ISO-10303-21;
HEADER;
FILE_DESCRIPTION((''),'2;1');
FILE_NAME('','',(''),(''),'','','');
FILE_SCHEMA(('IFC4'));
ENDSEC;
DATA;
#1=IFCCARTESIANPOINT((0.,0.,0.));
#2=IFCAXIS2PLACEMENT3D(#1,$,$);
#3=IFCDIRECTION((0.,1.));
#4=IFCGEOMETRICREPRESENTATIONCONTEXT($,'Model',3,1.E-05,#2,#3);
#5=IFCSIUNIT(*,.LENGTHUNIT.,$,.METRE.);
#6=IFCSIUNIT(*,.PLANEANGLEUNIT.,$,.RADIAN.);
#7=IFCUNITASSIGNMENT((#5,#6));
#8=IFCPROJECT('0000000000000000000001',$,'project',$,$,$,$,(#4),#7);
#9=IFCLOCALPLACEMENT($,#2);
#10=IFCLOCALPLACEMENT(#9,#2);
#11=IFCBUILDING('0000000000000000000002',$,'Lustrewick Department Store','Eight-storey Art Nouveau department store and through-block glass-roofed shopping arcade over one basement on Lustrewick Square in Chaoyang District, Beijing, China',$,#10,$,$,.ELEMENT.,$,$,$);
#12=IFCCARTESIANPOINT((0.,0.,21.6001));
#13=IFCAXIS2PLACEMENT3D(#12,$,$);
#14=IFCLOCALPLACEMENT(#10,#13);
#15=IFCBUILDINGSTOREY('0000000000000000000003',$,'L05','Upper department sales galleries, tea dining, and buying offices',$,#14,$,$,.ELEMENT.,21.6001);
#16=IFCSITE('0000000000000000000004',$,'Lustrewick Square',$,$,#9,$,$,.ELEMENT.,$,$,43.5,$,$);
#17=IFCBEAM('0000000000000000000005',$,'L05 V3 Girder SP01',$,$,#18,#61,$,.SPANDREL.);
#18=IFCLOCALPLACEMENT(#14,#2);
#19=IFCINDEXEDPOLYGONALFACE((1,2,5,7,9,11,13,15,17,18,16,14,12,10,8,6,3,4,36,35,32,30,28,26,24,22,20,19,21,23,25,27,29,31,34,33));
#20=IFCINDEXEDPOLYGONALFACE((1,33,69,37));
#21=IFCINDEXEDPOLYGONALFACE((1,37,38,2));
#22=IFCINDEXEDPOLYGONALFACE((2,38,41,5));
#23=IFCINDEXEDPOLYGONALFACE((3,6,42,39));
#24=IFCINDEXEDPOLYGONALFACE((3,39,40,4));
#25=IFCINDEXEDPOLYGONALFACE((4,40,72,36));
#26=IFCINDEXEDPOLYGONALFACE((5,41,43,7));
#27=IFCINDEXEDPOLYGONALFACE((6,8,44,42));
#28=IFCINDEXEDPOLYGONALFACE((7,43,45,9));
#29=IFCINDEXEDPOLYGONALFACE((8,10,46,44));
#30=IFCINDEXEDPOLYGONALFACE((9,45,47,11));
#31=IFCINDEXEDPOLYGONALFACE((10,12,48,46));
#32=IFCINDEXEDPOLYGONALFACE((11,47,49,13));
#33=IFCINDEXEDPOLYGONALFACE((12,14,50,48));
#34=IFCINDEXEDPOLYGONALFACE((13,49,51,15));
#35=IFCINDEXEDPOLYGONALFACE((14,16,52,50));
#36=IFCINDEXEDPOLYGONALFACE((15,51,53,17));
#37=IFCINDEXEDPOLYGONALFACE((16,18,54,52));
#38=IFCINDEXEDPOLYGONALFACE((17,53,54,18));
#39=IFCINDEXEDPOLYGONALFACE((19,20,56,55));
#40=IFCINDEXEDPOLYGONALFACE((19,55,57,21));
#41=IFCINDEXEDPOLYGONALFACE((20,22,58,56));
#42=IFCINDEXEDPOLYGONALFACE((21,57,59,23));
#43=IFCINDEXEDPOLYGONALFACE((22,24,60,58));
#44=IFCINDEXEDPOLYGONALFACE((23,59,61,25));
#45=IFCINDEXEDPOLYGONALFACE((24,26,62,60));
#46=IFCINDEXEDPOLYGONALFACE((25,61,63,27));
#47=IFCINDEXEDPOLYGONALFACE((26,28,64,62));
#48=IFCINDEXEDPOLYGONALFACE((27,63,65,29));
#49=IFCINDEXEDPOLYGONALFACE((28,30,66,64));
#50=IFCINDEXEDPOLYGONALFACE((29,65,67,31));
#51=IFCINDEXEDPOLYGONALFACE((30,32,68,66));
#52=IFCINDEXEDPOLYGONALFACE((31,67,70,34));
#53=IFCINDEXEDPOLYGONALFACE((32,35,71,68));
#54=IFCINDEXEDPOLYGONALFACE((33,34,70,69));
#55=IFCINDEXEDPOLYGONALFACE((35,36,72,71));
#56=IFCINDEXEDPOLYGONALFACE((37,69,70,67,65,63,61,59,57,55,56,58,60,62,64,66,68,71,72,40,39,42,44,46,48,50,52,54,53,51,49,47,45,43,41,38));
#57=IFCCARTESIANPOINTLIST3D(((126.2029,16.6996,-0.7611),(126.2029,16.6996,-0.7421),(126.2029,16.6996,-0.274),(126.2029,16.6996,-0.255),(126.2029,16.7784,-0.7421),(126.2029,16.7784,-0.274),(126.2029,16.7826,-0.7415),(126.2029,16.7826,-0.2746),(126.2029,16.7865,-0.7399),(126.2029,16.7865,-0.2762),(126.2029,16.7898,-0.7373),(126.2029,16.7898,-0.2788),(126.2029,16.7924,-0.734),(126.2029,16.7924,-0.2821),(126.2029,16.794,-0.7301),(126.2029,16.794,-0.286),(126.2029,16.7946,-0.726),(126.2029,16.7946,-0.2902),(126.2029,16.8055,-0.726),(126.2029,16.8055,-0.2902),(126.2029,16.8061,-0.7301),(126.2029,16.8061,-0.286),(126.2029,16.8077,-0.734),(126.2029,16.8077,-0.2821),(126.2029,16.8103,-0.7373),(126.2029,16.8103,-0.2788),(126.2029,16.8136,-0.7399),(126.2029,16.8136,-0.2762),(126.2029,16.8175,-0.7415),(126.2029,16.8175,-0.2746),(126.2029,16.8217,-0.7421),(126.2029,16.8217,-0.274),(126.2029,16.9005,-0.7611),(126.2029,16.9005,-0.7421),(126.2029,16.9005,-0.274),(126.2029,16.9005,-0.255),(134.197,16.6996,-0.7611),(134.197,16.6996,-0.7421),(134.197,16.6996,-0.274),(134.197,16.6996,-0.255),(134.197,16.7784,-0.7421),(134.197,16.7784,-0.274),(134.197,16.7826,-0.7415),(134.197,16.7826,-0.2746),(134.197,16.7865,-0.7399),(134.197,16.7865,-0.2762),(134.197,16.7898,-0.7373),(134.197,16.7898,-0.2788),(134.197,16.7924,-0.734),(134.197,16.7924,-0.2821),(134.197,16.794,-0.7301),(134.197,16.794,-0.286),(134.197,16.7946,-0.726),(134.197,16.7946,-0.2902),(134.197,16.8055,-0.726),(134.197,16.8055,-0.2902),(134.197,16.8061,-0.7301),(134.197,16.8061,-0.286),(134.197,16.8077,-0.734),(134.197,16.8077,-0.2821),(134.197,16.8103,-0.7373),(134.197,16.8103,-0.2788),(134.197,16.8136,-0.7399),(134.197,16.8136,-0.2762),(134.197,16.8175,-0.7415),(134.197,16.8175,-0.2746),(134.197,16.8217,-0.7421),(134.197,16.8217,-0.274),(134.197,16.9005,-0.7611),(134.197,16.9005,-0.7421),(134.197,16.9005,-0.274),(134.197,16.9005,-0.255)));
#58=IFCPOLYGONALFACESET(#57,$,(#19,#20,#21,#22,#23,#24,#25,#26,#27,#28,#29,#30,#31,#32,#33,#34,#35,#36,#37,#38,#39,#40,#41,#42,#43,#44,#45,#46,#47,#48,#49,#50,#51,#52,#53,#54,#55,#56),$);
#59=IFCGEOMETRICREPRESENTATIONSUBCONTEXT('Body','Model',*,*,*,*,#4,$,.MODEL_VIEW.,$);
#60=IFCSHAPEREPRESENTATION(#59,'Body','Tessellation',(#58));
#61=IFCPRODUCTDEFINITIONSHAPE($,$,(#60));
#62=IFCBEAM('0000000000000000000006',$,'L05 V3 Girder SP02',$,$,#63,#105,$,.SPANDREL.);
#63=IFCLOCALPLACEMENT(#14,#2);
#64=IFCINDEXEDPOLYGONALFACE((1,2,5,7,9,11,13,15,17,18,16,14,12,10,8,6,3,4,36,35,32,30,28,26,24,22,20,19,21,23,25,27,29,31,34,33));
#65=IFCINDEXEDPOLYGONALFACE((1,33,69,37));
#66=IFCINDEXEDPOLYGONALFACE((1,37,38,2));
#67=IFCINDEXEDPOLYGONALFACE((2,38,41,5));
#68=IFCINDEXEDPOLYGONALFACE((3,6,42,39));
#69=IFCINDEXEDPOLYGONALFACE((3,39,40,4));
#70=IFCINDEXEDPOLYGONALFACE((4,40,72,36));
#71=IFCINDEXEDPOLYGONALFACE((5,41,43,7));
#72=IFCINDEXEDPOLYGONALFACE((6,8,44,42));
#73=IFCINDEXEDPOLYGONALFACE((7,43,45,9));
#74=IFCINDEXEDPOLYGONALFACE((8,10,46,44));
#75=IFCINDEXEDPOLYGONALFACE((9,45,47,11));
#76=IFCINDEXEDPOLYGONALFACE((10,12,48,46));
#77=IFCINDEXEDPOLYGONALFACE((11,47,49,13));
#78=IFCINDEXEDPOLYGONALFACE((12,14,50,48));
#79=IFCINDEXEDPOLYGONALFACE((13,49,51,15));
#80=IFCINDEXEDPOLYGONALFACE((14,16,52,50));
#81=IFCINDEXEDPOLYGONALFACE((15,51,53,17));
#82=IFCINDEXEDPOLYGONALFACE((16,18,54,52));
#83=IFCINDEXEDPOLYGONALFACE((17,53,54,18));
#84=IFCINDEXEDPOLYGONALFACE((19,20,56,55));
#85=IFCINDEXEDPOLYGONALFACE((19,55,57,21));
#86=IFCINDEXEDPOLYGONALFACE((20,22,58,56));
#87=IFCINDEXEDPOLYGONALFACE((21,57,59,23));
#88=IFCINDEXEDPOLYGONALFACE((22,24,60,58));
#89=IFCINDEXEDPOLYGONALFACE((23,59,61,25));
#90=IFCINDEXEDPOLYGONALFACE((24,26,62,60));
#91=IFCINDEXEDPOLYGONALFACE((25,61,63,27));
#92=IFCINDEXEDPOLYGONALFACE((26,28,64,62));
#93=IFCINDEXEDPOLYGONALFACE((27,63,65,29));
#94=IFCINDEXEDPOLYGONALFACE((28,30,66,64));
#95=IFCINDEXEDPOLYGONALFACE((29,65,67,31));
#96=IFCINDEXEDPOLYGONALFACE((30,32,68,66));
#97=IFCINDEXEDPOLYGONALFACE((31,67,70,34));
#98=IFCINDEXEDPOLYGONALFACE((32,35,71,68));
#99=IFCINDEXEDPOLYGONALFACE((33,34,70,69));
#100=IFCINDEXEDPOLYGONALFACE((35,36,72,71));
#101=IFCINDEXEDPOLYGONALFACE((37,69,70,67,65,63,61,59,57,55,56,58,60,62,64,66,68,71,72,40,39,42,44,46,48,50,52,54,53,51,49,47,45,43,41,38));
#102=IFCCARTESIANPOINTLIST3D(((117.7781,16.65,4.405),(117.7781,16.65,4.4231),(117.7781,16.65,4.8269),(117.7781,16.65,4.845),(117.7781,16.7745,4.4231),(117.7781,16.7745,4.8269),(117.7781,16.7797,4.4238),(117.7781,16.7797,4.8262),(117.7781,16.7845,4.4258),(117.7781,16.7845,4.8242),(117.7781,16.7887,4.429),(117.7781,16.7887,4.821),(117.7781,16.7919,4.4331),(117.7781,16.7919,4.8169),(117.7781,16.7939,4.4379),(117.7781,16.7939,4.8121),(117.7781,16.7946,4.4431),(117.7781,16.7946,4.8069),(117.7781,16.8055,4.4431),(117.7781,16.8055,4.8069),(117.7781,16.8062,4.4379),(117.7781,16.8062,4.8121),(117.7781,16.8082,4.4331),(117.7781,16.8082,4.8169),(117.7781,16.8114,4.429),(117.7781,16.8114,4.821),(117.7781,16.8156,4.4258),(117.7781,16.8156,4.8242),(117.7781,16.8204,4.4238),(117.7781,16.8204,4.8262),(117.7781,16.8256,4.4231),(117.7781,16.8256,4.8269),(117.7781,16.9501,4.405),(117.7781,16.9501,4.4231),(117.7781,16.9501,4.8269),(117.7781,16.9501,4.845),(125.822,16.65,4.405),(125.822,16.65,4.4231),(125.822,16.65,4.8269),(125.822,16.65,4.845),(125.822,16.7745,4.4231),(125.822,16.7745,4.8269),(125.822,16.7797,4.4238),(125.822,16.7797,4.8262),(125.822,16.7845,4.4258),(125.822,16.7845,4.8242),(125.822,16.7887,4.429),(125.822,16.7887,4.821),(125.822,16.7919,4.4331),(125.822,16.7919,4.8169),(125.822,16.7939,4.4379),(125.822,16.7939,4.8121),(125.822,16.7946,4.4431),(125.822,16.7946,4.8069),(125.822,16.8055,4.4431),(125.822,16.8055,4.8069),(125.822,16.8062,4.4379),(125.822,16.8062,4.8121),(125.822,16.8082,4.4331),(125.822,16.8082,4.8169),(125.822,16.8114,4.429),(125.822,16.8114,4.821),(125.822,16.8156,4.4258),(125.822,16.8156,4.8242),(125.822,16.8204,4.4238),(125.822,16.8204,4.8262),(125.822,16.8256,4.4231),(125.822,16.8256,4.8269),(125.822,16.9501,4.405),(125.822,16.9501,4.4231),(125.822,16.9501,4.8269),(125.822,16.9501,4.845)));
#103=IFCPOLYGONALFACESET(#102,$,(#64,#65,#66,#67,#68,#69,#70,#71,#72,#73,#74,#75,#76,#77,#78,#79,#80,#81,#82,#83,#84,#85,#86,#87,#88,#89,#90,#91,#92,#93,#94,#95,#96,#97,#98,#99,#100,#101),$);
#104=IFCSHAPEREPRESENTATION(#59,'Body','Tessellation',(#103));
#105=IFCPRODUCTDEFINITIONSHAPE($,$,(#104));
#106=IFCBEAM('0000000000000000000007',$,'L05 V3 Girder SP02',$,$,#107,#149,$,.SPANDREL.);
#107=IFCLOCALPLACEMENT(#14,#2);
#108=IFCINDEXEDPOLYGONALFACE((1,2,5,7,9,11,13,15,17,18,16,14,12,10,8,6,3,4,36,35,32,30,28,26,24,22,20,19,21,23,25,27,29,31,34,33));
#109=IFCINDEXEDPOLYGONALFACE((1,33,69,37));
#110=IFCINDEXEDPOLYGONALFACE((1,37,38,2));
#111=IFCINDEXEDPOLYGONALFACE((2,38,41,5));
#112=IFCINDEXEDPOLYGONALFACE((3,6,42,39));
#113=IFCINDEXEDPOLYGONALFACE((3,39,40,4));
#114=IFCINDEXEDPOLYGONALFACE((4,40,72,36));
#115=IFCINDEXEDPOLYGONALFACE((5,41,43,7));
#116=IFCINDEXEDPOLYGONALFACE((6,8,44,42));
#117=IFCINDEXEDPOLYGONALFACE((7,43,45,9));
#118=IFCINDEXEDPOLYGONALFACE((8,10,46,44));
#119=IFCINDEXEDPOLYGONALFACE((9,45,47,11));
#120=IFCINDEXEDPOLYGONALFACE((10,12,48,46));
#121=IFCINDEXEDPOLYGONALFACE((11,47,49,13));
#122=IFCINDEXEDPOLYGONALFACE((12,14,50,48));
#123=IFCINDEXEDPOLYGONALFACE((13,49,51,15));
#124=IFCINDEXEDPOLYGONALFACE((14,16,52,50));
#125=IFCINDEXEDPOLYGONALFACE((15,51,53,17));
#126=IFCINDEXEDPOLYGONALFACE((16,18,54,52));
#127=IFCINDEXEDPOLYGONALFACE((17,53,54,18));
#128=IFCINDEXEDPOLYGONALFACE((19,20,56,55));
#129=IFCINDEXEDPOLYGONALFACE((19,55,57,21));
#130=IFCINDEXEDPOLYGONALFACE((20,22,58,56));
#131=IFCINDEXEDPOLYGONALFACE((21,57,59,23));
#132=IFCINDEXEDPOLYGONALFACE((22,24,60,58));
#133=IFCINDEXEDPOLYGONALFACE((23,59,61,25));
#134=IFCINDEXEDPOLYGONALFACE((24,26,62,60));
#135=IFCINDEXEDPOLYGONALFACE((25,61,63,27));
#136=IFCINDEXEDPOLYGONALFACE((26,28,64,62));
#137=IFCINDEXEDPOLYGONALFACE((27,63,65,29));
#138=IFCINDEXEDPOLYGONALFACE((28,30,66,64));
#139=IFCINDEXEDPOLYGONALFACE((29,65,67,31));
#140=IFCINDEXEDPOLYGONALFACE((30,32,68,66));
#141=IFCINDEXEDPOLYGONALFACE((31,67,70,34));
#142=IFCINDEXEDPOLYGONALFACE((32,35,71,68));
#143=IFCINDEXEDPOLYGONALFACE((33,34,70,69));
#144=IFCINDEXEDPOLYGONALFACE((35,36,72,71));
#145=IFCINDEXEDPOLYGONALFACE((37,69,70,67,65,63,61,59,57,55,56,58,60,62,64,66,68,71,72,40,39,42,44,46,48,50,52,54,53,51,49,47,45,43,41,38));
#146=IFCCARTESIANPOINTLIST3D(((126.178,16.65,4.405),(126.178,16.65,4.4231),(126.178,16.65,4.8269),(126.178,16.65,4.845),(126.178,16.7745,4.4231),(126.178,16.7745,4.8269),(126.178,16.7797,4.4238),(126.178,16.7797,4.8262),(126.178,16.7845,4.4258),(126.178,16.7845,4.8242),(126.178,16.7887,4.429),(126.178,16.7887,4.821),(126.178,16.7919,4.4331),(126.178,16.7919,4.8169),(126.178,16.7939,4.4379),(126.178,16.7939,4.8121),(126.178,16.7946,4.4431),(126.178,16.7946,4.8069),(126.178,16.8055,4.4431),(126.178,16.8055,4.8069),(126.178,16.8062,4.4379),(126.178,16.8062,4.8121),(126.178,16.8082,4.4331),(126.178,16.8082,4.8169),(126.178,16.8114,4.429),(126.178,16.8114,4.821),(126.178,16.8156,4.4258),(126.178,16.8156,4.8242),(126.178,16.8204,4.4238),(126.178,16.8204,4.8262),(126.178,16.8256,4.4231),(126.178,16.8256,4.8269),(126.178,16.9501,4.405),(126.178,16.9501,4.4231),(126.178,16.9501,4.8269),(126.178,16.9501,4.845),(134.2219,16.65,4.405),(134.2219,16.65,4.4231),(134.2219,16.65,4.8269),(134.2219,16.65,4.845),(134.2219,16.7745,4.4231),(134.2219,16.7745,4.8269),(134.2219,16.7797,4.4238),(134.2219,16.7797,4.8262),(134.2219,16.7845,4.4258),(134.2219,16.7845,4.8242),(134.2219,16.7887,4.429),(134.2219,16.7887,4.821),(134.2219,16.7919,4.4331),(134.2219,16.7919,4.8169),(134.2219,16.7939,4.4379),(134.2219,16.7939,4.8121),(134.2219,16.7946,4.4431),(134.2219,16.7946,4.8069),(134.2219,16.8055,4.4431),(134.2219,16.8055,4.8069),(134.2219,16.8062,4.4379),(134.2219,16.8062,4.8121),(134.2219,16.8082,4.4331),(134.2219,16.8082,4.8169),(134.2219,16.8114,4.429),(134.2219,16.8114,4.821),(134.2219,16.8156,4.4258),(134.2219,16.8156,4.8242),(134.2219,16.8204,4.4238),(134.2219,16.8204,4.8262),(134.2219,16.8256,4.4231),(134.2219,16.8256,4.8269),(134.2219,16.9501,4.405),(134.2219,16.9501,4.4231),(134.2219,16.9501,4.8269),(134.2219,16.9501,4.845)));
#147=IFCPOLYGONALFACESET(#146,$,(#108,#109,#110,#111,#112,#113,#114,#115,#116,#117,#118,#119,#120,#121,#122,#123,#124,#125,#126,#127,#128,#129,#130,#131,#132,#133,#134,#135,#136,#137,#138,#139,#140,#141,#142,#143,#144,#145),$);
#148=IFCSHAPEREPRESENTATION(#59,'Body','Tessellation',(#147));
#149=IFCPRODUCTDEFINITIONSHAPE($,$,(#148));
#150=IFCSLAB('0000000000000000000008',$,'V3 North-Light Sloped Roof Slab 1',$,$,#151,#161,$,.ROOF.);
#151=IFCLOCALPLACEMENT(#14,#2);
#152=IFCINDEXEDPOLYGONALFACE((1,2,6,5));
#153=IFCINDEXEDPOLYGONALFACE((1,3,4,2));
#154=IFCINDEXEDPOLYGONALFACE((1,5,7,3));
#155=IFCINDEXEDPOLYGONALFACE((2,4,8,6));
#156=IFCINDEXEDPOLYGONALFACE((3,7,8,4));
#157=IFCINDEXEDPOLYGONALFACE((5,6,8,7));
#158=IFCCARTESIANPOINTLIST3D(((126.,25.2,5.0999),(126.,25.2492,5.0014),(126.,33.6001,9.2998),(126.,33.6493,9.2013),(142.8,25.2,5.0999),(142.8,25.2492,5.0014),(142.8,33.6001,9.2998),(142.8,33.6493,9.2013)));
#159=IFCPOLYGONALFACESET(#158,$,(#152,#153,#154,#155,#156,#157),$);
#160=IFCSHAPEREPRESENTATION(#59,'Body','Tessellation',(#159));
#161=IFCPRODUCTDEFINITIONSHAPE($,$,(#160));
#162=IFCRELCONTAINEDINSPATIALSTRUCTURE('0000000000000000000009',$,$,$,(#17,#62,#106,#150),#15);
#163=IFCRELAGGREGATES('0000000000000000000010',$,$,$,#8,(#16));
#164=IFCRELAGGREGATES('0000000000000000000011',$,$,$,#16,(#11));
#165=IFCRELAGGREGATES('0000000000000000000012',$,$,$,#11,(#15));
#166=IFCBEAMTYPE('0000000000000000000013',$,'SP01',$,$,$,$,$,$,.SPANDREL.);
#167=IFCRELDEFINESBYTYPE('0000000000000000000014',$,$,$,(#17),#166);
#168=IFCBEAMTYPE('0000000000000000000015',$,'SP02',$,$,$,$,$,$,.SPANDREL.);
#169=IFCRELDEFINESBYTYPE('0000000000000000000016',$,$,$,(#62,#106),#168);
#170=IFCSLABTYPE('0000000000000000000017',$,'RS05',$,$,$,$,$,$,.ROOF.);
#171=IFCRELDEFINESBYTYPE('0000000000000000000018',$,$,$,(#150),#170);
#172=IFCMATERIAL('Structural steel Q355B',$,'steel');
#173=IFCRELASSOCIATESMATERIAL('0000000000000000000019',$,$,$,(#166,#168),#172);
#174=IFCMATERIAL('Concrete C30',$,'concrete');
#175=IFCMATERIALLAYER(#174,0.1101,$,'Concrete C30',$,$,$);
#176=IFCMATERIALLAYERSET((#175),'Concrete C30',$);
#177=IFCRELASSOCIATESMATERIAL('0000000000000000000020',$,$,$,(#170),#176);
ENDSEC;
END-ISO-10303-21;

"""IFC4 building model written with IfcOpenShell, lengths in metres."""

from ifc_helpers import new_model, si_unit, direction, frame, origin, origin_2d, place, context, subcontext, project, spatial, polyline, i_section, outline, extrude, material, layer, layer_set, material_profile, profile_set, type_object, element, save


model = new_model("IFC4")

# Units and contexts
model_context = context("Model", 3, precision=1e-05, world=origin(), true_north=direction((0.0, 1.0)))
body_context = subcontext(model_context, "Body", "Model", "MODEL_VIEW")
ifc_project = project(units=[si_unit("LENGTHUNIT", "METRE"), si_unit("PLANEANGLEUNIT", "RADIAN")], contexts=[model_context])

# Site, building, storey
site_placement = place(None, origin())
site = spatial("IfcSite", under=ifc_project, at=site_placement, Name="Lustrewick Square", CompositionType="ELEMENT", RefElevation=43.5)
building_placement = place(site_placement, origin())
building = spatial("IfcBuilding", under=site, at=building_placement, Name="Lustrewick Department Store", Description="Eight-storey Art Nouveau department store and through-block glass-roofed shopping arcade over one basement on Lustrewick Square in Chaoyang District, Beijing, China", CompositionType="ELEMENT")
storey_placement = place(building_placement, frame((0.0, 0.0, 21.6001)))
storey = spatial("IfcBuildingStorey", under=building, at=storey_placement, Name="L05", Description="Upper department sales galleries, tea dining, and buying offices", CompositionType="ELEMENT", Elevation=21.6001)

# Shared definitions
ifc_material_1 = material(Name="Structural steel Q355B", Category="steel")

# Beams
ifc_material_profile_1 = material_profile(ifc_material_1, i_section(OverallWidth=0.2009, OverallDepth=0.5061, WebThickness=0.011, FlangeThickness=0.019, FilletRadius=0.0161, at=origin_2d()), Name="HN 506x201x11x19")
ifc_profile_set_1 = profile_set([ifc_material_profile_1], Name="Structural steel Q355B")
beam_type_1 = type_object("IfcBeamType", Name="SP01", PredefinedType="SPANDREL", material=ifc_profile_set_1)
for number, where, z_axis, x_axis, name in (
    (1, (126.2029, 16.8, -0.5081), (1.0, 0.0, 0.0), (0.0, 1.0, 0.0), "L05 V3 Girder SP01"),
):
    element("IfcBeam", number, at=place(storey_placement, frame(where, z_axis=z_axis, x_axis=x_axis)), inside=storey, type_object=beam_type_1, Name=name, PredefinedType="SPANDREL", context=body_context, shape_type="SweptSolid", body=[
        extrude(i_section(OverallWidth=0.2009, OverallDepth=0.5061, WebThickness=0.011, FlangeThickness=0.019, FilletRadius=0.0161, at=origin_2d()), origin(), (0.0, 0.0, 1.0), 7.9941),
    ])
ifc_material_profile_2 = material_profile(ifc_material_1, i_section(OverallWidth=0.3, OverallDepth=0.4399, WebThickness=0.011, FlangeThickness=0.0181, FilletRadius=0.02, at=origin_2d()), Name="HM 440x300x11x18")
ifc_profile_set_2 = profile_set([ifc_material_profile_2], Name="Structural steel Q355B")
beam_type_2 = type_object("IfcBeamType", Name="SP02", PredefinedType="SPANDREL", material=ifc_profile_set_2)
for number, where, z_axis, x_axis, name in (
    (2, (117.7781, 16.8, 4.625), (1.0, 0.0, 0.0), (0.0, 1.0, 0.0), "L05 V3 Girder SP02"),
    (3, (126.178, 16.8, 4.625), (1.0, 0.0, 0.0), (0.0, 1.0, 0.0), "L05 V3 Girder SP02"),
):
    element("IfcBeam", number, at=place(storey_placement, frame(where, z_axis=z_axis, x_axis=x_axis)), inside=storey, type_object=beam_type_2, Name=name, PredefinedType="SPANDREL", context=body_context, shape_type="SweptSolid", body=[
        extrude(i_section(OverallWidth=0.3, OverallDepth=0.4399, WebThickness=0.011, FlangeThickness=0.0181, FilletRadius=0.02, at=origin_2d()), origin(), (0.0, 0.0, 1.0), 8.0439),
    ])

# Slab
ifc_material_2 = material(Name="Concrete C30", Category="concrete")
ifc_layer_1 = layer(ifc_material_2, 0.1101, Name="Concrete C30")
ifc_layer_set_1 = layer_set([ifc_layer_1], Name="Concrete C30")
slab_type = type_object("IfcSlabType", Name="RS05", PredefinedType="ROOF", material=ifc_layer_set_1)
slab_placement = place(storey_placement, frame((126.0, 25.2, 5.0999), z_axis=(0.0, -0.447203, 0.894432), x_axis=(1.0, 0.0, 0.0)))
element("IfcSlab", 4, at=slab_placement, inside=storey, type_object=slab_type, Name="V3 North-Light Sloped Roof Slab 1", PredefinedType="ROOF", context=body_context, shape_type="SweptSolid", body=[
    extrude(outline(polyline([(0.0, 0.0), (16.8, 0.0), (16.8, 9.3916), (0.0, 9.3916), (0.0, 0.0)])), origin(), (0.0, 0.0, -1.0), 0.1101),
])

save(model, "model.ifc")
